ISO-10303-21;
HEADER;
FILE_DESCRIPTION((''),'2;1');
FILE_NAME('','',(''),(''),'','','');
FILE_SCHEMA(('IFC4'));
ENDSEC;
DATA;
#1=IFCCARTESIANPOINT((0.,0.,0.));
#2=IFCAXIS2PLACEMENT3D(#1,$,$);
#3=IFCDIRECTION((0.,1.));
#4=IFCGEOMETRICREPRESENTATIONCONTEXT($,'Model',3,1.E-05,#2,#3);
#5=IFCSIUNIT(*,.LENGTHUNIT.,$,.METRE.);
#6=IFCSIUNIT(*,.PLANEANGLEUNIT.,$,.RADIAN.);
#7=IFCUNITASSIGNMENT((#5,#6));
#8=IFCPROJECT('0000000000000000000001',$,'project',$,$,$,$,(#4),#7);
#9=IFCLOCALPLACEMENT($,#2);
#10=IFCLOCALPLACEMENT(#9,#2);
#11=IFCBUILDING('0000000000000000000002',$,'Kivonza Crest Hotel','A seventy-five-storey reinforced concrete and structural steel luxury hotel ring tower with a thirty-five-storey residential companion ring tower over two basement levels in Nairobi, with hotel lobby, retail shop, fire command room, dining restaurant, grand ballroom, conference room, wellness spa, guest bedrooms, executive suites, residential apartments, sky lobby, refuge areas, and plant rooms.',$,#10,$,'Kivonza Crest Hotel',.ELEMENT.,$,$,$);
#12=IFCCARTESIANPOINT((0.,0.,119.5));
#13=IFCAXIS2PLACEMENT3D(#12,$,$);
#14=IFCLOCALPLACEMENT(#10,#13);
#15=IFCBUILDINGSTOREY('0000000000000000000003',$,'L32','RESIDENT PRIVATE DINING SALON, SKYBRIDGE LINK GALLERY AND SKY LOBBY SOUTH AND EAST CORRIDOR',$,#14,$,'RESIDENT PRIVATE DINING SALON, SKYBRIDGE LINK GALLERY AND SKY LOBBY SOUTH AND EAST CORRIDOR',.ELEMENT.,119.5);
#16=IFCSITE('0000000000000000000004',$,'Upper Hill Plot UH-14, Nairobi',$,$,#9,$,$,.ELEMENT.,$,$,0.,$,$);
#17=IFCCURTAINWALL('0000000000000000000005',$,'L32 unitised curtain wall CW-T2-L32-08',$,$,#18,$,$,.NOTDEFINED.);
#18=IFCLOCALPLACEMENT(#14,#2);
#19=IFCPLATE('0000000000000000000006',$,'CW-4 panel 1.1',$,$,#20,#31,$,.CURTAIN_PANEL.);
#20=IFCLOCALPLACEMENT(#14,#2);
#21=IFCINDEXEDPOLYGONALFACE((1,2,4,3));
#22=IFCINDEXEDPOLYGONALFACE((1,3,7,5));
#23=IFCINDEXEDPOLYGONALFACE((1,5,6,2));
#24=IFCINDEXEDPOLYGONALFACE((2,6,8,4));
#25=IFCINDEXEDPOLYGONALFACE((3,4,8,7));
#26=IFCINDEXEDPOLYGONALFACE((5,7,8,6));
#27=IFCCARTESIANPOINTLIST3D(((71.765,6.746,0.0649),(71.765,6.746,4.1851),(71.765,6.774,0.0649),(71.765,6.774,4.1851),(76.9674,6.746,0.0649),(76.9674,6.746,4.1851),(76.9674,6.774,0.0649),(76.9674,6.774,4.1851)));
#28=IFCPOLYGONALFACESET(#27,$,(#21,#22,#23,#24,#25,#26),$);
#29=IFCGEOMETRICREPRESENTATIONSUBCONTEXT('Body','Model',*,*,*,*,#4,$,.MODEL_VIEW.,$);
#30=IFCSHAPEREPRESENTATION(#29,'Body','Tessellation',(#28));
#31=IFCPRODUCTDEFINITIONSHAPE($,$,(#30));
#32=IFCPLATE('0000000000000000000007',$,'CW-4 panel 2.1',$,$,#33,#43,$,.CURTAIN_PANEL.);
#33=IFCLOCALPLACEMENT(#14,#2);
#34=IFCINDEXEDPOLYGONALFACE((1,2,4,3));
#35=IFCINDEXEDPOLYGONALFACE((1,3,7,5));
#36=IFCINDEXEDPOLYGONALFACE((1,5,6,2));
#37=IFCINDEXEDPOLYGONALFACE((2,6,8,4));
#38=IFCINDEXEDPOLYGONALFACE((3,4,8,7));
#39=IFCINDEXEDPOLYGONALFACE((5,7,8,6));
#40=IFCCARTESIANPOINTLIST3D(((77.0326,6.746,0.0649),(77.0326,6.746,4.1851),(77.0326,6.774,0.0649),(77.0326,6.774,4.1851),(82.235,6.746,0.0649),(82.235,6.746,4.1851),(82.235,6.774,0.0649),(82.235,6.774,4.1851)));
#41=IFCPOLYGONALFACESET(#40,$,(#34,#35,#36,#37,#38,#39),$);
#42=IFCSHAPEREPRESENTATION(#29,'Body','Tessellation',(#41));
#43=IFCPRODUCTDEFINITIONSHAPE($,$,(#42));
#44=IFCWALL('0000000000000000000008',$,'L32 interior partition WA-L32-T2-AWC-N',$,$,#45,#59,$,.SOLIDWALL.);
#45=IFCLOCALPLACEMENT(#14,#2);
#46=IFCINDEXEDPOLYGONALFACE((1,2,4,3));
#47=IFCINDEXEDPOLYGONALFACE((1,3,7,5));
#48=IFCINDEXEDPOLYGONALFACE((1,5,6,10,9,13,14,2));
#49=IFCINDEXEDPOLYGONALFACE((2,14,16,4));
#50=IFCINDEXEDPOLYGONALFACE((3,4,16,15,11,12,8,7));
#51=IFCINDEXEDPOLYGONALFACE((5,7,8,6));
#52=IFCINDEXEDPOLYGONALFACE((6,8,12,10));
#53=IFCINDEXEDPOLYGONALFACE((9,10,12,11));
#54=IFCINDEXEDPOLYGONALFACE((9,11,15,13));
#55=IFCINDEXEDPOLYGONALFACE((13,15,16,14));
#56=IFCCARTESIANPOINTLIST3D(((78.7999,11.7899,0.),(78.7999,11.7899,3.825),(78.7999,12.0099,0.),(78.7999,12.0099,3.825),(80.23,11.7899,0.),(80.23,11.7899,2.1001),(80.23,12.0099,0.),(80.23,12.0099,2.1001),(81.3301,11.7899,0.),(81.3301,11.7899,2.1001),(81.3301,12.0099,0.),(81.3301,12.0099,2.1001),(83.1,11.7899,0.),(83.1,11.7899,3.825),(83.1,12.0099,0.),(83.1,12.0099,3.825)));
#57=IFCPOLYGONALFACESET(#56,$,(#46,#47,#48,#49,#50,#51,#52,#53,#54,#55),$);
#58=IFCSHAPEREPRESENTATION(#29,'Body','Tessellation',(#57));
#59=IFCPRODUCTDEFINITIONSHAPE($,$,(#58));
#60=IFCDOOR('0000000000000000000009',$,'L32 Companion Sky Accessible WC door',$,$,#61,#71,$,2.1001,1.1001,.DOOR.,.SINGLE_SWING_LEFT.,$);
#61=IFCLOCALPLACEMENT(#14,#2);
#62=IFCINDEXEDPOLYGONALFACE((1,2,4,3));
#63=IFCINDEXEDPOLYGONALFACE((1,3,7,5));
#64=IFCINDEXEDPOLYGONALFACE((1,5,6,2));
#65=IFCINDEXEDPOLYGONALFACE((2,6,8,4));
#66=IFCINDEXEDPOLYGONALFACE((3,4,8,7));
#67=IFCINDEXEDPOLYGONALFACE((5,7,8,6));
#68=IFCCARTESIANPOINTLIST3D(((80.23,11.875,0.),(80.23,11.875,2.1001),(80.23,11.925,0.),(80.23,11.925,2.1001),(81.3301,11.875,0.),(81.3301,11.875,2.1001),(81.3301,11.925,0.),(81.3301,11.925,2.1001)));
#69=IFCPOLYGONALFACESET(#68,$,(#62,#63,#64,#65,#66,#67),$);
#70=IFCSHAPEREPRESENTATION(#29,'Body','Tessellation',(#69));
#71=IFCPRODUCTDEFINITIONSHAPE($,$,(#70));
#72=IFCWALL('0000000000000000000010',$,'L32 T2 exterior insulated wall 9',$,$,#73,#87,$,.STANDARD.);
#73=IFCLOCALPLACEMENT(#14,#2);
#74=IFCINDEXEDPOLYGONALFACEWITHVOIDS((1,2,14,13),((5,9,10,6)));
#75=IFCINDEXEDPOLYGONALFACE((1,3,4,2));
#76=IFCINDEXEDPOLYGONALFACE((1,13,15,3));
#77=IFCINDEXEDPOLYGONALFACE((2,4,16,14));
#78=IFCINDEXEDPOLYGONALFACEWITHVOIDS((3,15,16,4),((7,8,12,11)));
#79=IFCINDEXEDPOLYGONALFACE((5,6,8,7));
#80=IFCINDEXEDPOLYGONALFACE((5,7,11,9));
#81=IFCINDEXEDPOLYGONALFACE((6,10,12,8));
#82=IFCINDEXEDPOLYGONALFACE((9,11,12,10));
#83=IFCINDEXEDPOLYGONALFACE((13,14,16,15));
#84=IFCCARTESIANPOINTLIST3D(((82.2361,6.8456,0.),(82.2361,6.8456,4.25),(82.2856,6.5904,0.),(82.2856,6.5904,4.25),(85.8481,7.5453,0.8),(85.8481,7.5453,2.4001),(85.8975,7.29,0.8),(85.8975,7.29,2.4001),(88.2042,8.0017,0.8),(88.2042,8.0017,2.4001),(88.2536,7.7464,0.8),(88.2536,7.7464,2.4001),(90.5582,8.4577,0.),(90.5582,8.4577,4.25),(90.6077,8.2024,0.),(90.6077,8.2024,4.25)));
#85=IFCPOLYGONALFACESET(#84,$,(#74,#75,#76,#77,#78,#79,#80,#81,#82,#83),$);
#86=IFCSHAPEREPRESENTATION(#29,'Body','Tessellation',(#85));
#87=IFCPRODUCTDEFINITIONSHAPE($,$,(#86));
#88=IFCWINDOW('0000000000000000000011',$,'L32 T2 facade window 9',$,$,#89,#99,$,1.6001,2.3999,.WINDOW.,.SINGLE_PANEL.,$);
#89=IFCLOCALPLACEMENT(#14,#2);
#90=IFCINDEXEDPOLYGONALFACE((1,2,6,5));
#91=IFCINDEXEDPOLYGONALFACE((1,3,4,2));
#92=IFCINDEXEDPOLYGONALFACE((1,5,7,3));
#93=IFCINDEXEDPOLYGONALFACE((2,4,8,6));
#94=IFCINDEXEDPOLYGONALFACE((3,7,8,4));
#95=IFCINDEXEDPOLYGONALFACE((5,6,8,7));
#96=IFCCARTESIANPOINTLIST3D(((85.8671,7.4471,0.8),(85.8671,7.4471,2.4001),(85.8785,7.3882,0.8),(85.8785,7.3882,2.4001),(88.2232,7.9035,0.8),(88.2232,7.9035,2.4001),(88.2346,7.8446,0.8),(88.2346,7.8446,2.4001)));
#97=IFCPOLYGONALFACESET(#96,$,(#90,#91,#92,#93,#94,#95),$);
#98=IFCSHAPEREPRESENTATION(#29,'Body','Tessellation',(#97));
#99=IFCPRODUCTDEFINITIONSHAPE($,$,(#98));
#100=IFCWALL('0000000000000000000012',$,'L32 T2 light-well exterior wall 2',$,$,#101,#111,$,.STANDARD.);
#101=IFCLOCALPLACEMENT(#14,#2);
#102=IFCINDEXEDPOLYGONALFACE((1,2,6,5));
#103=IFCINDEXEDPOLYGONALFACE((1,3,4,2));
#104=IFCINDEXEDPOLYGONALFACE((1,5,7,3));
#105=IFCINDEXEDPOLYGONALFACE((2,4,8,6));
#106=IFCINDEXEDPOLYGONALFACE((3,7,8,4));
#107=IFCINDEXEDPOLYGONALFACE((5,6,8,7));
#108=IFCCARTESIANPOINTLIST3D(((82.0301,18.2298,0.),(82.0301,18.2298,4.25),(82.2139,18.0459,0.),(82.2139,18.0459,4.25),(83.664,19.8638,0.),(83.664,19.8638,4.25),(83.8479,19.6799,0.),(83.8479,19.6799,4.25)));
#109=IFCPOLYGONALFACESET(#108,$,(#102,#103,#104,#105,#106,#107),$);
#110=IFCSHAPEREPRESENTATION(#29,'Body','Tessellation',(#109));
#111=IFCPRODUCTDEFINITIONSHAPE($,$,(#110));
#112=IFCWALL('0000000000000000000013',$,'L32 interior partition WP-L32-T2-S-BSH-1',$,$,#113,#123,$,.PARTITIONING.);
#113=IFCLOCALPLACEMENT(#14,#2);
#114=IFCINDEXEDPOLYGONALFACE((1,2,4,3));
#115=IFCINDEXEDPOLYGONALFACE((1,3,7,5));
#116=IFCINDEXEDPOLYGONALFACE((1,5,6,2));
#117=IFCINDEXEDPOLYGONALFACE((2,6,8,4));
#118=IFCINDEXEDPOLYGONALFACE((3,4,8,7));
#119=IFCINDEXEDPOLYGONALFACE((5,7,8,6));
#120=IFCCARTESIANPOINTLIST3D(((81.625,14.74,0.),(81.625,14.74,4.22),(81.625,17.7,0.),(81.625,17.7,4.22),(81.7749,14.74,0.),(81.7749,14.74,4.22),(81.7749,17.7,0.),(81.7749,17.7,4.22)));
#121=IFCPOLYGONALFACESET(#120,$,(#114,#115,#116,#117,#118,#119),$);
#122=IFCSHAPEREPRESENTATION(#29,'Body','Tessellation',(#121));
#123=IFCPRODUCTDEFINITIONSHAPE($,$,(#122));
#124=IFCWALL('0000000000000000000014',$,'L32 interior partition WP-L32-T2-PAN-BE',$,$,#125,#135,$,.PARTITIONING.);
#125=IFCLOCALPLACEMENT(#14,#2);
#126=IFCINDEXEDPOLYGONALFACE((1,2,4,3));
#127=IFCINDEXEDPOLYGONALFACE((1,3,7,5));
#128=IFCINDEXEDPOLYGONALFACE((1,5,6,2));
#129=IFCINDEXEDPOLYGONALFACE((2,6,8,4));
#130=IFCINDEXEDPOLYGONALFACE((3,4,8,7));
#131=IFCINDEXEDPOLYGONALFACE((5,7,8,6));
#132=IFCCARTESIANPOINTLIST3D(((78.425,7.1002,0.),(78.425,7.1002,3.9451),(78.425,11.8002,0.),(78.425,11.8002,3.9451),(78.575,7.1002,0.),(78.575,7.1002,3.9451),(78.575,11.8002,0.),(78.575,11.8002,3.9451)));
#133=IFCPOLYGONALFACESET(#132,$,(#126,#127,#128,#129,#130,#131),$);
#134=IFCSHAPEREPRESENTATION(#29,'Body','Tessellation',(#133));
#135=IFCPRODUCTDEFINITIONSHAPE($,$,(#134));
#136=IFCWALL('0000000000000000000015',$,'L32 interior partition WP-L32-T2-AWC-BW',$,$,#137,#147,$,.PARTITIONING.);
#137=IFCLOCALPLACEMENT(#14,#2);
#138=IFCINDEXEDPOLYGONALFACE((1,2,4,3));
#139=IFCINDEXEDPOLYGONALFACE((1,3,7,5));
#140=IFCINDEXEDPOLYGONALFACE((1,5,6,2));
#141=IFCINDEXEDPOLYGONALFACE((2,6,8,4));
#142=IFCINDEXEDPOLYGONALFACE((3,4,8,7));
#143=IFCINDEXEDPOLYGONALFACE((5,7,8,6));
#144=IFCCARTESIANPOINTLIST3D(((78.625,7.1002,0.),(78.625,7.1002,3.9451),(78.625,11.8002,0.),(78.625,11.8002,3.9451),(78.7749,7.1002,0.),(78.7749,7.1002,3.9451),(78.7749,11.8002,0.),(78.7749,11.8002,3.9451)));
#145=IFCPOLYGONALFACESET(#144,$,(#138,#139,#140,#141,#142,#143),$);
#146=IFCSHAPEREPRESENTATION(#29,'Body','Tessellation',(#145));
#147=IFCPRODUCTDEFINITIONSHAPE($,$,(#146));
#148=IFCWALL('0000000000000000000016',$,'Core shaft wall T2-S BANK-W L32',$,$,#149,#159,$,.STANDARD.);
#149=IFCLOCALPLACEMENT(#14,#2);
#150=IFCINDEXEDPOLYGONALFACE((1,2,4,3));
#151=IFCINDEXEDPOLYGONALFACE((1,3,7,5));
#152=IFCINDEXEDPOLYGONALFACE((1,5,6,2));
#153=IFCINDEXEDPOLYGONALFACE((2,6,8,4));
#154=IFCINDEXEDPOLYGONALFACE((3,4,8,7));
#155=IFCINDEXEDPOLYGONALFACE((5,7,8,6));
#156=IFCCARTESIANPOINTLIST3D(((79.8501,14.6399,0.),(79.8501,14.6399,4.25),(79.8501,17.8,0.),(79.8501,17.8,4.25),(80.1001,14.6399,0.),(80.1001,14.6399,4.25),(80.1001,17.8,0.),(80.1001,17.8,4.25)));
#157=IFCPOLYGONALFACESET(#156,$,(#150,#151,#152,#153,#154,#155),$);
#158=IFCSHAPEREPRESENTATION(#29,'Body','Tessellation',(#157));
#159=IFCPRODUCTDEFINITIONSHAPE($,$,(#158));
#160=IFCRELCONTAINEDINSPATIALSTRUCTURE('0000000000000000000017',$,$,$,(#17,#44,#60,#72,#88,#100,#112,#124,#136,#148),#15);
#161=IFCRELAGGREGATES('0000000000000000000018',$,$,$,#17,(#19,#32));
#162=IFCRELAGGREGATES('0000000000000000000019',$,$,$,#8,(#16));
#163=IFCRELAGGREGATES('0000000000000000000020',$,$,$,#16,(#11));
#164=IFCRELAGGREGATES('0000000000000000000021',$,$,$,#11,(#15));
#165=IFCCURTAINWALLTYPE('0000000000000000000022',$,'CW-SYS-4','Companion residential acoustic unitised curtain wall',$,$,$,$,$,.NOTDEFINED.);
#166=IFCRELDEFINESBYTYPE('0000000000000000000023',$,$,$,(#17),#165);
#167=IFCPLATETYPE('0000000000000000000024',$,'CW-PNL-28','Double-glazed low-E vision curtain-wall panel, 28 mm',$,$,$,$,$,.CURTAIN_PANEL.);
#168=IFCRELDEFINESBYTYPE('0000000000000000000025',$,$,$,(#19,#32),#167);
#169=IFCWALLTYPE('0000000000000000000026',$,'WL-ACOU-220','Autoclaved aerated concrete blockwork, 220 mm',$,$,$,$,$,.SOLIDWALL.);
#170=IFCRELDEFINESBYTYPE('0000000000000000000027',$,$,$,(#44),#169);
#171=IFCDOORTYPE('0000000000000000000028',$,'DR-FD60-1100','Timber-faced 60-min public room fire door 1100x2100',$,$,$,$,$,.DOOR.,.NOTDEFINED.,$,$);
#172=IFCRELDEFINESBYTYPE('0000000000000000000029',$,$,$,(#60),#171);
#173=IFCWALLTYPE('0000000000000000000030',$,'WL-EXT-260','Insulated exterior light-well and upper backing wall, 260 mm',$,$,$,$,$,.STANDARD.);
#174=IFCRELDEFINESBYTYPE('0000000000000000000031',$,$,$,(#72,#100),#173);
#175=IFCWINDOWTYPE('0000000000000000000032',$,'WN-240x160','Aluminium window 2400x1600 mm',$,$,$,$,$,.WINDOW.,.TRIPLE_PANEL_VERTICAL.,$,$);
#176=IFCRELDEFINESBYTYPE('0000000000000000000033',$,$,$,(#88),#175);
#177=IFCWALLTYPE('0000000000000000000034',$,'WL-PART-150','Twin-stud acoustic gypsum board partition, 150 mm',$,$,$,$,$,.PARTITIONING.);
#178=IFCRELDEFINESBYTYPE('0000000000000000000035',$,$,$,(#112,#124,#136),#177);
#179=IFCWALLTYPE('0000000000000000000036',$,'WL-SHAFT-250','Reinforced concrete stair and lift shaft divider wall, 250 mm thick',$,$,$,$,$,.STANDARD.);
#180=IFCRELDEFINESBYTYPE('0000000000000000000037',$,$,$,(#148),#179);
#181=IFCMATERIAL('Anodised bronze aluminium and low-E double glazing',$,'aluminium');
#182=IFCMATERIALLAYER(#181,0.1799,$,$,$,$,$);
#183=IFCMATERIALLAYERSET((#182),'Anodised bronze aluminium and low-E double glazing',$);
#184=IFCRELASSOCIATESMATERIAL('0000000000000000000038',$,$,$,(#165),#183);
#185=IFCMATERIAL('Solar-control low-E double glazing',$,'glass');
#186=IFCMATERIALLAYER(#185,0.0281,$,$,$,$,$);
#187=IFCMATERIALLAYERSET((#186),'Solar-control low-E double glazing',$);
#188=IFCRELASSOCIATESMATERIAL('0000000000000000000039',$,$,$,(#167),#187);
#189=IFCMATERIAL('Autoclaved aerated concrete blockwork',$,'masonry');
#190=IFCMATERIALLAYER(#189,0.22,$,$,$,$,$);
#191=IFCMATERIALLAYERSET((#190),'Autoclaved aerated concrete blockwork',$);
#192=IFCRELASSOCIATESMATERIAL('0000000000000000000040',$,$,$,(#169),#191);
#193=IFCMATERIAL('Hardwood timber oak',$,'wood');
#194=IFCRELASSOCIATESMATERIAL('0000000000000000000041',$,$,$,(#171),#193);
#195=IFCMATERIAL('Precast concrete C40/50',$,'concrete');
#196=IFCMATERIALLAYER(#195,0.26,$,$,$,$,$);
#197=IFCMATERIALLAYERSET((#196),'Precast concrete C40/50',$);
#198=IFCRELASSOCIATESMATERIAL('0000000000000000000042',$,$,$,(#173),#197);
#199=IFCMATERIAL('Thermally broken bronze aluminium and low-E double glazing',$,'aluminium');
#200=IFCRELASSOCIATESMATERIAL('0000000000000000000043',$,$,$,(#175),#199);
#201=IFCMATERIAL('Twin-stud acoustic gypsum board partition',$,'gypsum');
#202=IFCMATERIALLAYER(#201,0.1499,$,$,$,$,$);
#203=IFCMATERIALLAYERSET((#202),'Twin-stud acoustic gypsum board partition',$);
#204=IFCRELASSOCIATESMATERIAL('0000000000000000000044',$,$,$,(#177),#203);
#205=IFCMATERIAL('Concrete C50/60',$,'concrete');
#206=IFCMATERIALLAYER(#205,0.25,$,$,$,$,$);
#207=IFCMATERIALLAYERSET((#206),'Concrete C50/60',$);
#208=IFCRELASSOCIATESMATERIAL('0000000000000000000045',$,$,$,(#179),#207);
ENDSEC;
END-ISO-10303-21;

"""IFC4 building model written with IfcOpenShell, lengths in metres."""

from ifc_helpers import new_model, si_unit, direction, frame, frame_2d, origin, origin_2d, place, context, subcontext, project, spatial, rectangle, extrude, material, layer, layer_set, type_object, element, fill, aggregate, save


model = new_model("IFC4")

# Units and contexts
model_context = context("Model", 3, precision=1e-05, world=origin(), true_north=direction((0.0, 1.0)))
body_context = subcontext(model_context, "Body", "Model", "MODEL_VIEW")
ifc_project = project(units=[si_unit("LENGTHUNIT", "METRE"), si_unit("PLANEANGLEUNIT", "RADIAN")], contexts=[model_context])

# Site, building, storey
site_placement = place(None, origin())
site = spatial("IfcSite", under=ifc_project, at=site_placement, Name="Upper Hill Plot UH-14, Nairobi", CompositionType="ELEMENT", RefElevation=0.0)
building_placement = place(site_placement, origin())
building = spatial("IfcBuilding", under=site, at=building_placement, Name="Kivonza Crest Hotel", Description="A seventy-five-storey reinforced concrete and structural steel luxury hotel ring tower with a thirty-five-storey residential companion ring tower over two basement levels in Nairobi, with hotel lobby, retail shop, fire command room, dining restaurant, grand ballroom, conference room, wellness spa, guest bedrooms, executive suites, residential apartments, sky lobby, refuge areas, and plant rooms.", LongName="Kivonza Crest Hotel", CompositionType="ELEMENT")
storey_placement = place(building_placement, frame((0.0, 0.0, 119.5)))
storey = spatial("IfcBuildingStorey", under=building, at=storey_placement, Name="L32", Description="RESIDENT PRIVATE DINING SALON, SKYBRIDGE LINK GALLERY AND SKY LOBBY SOUTH AND EAST CORRIDOR", LongName="RESIDENT PRIVATE DINING SALON, SKYBRIDGE LINK GALLERY AND SKY LOBBY SOUTH AND EAST CORRIDOR", CompositionType="ELEMENT", Elevation=119.5)

# Shared definitions
ifc_material_1 = material(Name="Concrete C50/60", Category="concrete")

# Curtain wall, plates
ifc_material_2 = material(Name="Anodised bronze aluminium and low-E double glazing", Category="aluminium")
ifc_layer_1 = layer(ifc_material_2, 0.1799)
ifc_layer_set_1 = layer_set([ifc_layer_1], Name="Anodised bronze aluminium and low-E double glazing")
curtain_wall_type = type_object("IfcCurtainWallType", Name="CW-SYS-4", Description="Companion residential acoustic unitised curtain wall", PredefinedType="NOTDEFINED", material=ifc_layer_set_1)
curtain_wall_placement = place(storey_placement, origin())
curtain_wall = element("IfcCurtainWall", 1, at=curtain_wall_placement, inside=storey, type_object=curtain_wall_type, Name="L32 unitised curtain wall CW-T2-L32-08", PredefinedType="NOTDEFINED")
ifc_material_3 = material(Name="Solar-control low-E double glazing", Category="glass")
ifc_layer_2 = layer(ifc_material_3, 0.0281)
ifc_layer_set_2 = layer_set([ifc_layer_2], Name="Solar-control low-E double glazing")
plate_type = type_object("IfcPlateType", Name="CW-PNL-28", Description="Double-glazed low-E vision curtain-wall panel, 28 mm", PredefinedType="CURTAIN_PANEL", material=ifc_layer_set_2)
plate_1_placement = place(storey_placement, frame((74.3662, 6.76, 0.0649), z_axis=(0.0, 0.0, 1.0), x_axis=(1.0, 0.0, 0.0)))
plate_1 = element("IfcPlate", 2, at=plate_1_placement, type_object=plate_type, Name="CW-4 panel 1.1", PredefinedType="CURTAIN_PANEL", context=body_context, shape_type="SweptSolid", body=[
    extrude(rectangle(XDim=5.2024, YDim=0.0281, at=origin_2d()), origin(), (0.0, 0.0, 1.0), 4.1201),
])
plate_2_placement = place(storey_placement, frame((79.6338, 6.76, 0.0649), z_axis=(0.0, 0.0, 1.0), x_axis=(1.0, 0.0, 0.0)))
plate_2 = element("IfcPlate", 3, at=plate_2_placement, type_object=plate_type, Name="CW-4 panel 2.1", PredefinedType="CURTAIN_PANEL", context=body_context, shape_type="SweptSolid", body=[
    extrude(rectangle(XDim=5.2024, YDim=0.0281, at=origin_2d()), origin(), (0.0, 0.0, 1.0), 4.1201),
])
aggregate(curtain_wall, [plate_1, plate_2])

# Wall, opening, door
ifc_material_4 = material(Name="Autoclaved aerated concrete blockwork", Category="masonry")
ifc_layer_3 = layer(ifc_material_4, 0.22)
ifc_layer_set_3 = layer_set([ifc_layer_3], Name="Autoclaved aerated concrete blockwork")
wall_type_1 = type_object("IfcWallType", Name="WL-ACOU-220", Description="Autoclaved aerated concrete blockwork, 220 mm", PredefinedType="SOLIDWALL", material=ifc_layer_set_3)
wall_1_placement = place(storey_placement, frame((78.8, 11.8999, 0.0), z_axis=(0.0, 0.0, 1.0), x_axis=(1.0, 0.0, 0.0)))
wall_1 = element("IfcWall", 4, at=wall_1_placement, inside=storey, type_object=wall_type_1, Name="L32 interior partition WA-L32-T2-AWC-N", PredefinedType="SOLIDWALL", context=body_context, shape_type="SweptSolid", body=[
    extrude(rectangle(XDim=4.3, YDim=0.22, at=frame_2d((2.1499, 0.0))), origin(), (0.0, 0.0, 1.0), 3.825),
])
opening_1_placement = place(wall_1_placement, frame((1.4299, 0.0, 0.0)))
opening_1 = element("IfcOpeningElement", 5, at=opening_1_placement, cuts=wall_1, PredefinedType="OPENING", context=body_context, shape_type="SweptSolid", body=[
    extrude(rectangle(XDim=1.1001, YDim=2.1001, at=frame_2d((0.55, 1.05))), frame((0.0, 0.1201, 0.0), z_axis=(0.0, -1.0, 0.0), x_axis=(1.0, 0.0, 0.0)), (0.0, 0.0, 1.0), 0.24),
])
ifc_material_5 = material(Name="Hardwood timber oak", Category="wood")
door_type_1 = type_object("IfcDoorType", Name="DR-FD60-1100", Description="Timber-faced 60-min public room fire door 1100x2100", OperationType="NOTDEFINED", PredefinedType="DOOR", material=ifc_material_5)
door_1_placement = place(opening_1_placement, frame((1.1001, 0.0, 0.0), z_axis=(0.0, 0.0, 1.0), x_axis=(-1.0, 0.0, 0.0)))
door_1 = element("IfcDoor", 6, at=door_1_placement, inside=storey, type_object=door_type_1, Name="L32 Companion Sky Accessible WC door", OperationType="SINGLE_SWING_LEFT", OverallHeight=2.1001, OverallWidth=1.1001, PredefinedType="DOOR", context=body_context, shape_type="SweptSolid", body=[
    extrude(rectangle(XDim=1.1001, YDim=2.1001, at=frame_2d((0.55, 1.05))), frame((0.0, 0.0249, 0.0), z_axis=(0.0, -1.0, 0.0), x_axis=(1.0, 0.0, 0.0)), (0.0, 0.0, 1.0), 0.05),
])
fill(opening_1, door_1)

# Wall, opening, window
ifc_material_6 = material(Name="Precast concrete C40/50", Category="concrete")
ifc_layer_4 = layer(ifc_material_6, 0.26)
ifc_layer_set_4 = layer_set([ifc_layer_4], Name="Precast concrete C40/50")
wall_type_2 = type_object("IfcWallType", Name="WL-EXT-260", Description="Insulated exterior light-well and upper backing wall, 260 mm", PredefinedType="STANDARD", material=ifc_layer_set_4)
wall_2_placement = place(storey_placement, frame((82.261, 6.718, 0.0), z_axis=(0.0, 0.0, 1.0), x_axis=(0.98175, 0.190175, 0.0)))
wall_2 = element("IfcWall", 7, at=wall_2_placement, inside=storey, type_object=wall_type_2, Name="L32 T2 exterior insulated wall 9", PredefinedType="STANDARD", context=body_context, shape_type="SweptSolid", body=[
    extrude(rectangle(XDim=8.4768, YDim=0.26, at=frame_2d((4.2383, 0.0))), origin(), (0.0, 0.0, 1.0), 4.25),
])
opening_2_placement = place(wall_2_placement, frame((3.679, 0.0, 0.8)))
opening_2 = element("IfcOpeningElement", 8, at=opening_2_placement, cuts=wall_2, PredefinedType="OPENING", context=body_context, shape_type="SweptSolid", body=[
    extrude(rectangle(XDim=2.3999, YDim=1.6001, at=frame_2d((1.2, 0.8))), frame((0.0, 0.1401, 0.0), z_axis=(0.0, -1.0, 0.0), x_axis=(1.0, 0.0, 0.0)), (0.0, 0.0, 1.0), 0.28),
])
ifc_material_7 = material(Name="Thermally broken bronze aluminium and low-E double glazing", Category="aluminium")
window_type = type_object("IfcWindowType", Name="WN-240x160", Description="Aluminium window 2400x1600 mm", PartitioningType="TRIPLE_PANEL_VERTICAL", PredefinedType="WINDOW", material=ifc_material_7)
window_placement = place(opening_2_placement, origin())
window = element("IfcWindow", 9, at=window_placement, inside=storey, type_object=window_type, Name="L32 T2 facade window 9", OverallHeight=1.6001, OverallWidth=2.3999, PartitioningType="SINGLE_PANEL", PredefinedType="WINDOW", context=body_context, shape_type="SweptSolid", body=[
    extrude(rectangle(XDim=2.3999, YDim=1.6001, at=frame_2d((1.2, 0.8))), frame((0.0, 0.03, 0.0), z_axis=(0.0, -1.0, 0.0), x_axis=(1.0, 0.0, 0.0)), (0.0, 0.0, 1.0), 0.0601),
])
fill(opening_2, window)

# Walls
wall_3_placement = place(storey_placement, frame((82.1221, 18.1379, 0.0), z_axis=(0.0, 0.0, 1.0), x_axis=(0.707107, 0.707107, 0.0)))
element("IfcWall", 10, at=wall_3_placement, inside=storey, type_object=wall_type_2, Name="L32 T2 light-well exterior wall 2", PredefinedType="STANDARD", context=body_context, shape_type="SweptSolid", body=[
    extrude(rectangle(XDim=2.3108, YDim=0.26, at=frame_2d((1.1553, 0.0))), origin(), (0.0, 0.0, 1.0), 4.25),
])
ifc_material_8 = material(Name="Twin-stud acoustic gypsum board partition", Category="gypsum")
ifc_layer_5 = layer(ifc_material_8, 0.1499)
ifc_layer_set_5 = layer_set([ifc_layer_5], Name="Twin-stud acoustic gypsum board partition")
wall_type_3 = type_object("IfcWallType", Name="WL-PART-150", Description="Twin-stud acoustic gypsum board partition, 150 mm", PredefinedType="PARTITIONING", material=ifc_layer_set_5)
wall_4_placement = place(storey_placement, frame((81.7, 14.74, 0.0), z_axis=(0.0, 0.0, 1.0), x_axis=(0.0, 1.0, 0.0)))
element("IfcWall", 11, at=wall_4_placement, inside=storey, type_object=wall_type_3, Name="L32 interior partition WP-L32-T2-S-BSH-1", PredefinedType="PARTITIONING", context=body_context, shape_type="SweptSolid", body=[
    extrude(rectangle(XDim=2.96, YDim=0.1499, at=frame_2d((1.48, 0.0))), origin(), (0.0, 0.0, 1.0), 4.22),
])
for number, where, z_axis, x_axis, name in (
    (12, (78.5, 7.1001, 0.0), (0.0, 0.0, 1.0), (0.0, 1.0, 0.0), "L32 interior partition WP-L32-T2-PAN-BE"),
    (13, (78.7, 7.1001, 0.0), (0.0, 0.0, 1.0), (0.0, 1.0, 0.0), "L32 interior partition WP-L32-T2-AWC-BW"),
):
    element("IfcWall", number, at=place(storey_placement, frame(where, z_axis=z_axis, x_axis=x_axis)), inside=storey, type_object=wall_type_3, Name=name, PredefinedType="PARTITIONING", context=body_context, shape_type="SweptSolid", body=[
        extrude(rectangle(XDim=4.7, YDim=0.1499, at=frame_2d((2.3501, 0.0))), origin(), (0.0, 0.0, 1.0), 3.9451),
    ])

# Shared definitions
ifc_layer_6 = layer(ifc_material_1, 0.25)
ifc_layer_set_6 = layer_set([ifc_layer_6], Name="Concrete C50/60")
wall_type_4 = type_object("IfcWallType", Name="WL-SHAFT-250", Description="Reinforced concrete stair and lift shaft divider wall, 250 mm thick", PredefinedType="STANDARD", material=ifc_layer_set_6)

# Wall
wall_5_placement = place(storey_placement, frame((79.9751, 14.6399, 0.0), z_axis=(0.0, 0.0, 1.0), x_axis=(0.0, 1.0, 0.0)))
element("IfcWall", 14, at=wall_5_placement, inside=storey, type_object=wall_type_4, Name="Core shaft wall T2-S BANK-W L32", PredefinedType="STANDARD", context=body_context, shape_type="SweptSolid", body=[
    extrude(rectangle(XDim=3.1602, YDim=0.25, at=frame_2d((1.5801, 0.0))), origin(), (0.0, 0.0, 1.0), 4.25),
])

save(model, "model.ifc")
